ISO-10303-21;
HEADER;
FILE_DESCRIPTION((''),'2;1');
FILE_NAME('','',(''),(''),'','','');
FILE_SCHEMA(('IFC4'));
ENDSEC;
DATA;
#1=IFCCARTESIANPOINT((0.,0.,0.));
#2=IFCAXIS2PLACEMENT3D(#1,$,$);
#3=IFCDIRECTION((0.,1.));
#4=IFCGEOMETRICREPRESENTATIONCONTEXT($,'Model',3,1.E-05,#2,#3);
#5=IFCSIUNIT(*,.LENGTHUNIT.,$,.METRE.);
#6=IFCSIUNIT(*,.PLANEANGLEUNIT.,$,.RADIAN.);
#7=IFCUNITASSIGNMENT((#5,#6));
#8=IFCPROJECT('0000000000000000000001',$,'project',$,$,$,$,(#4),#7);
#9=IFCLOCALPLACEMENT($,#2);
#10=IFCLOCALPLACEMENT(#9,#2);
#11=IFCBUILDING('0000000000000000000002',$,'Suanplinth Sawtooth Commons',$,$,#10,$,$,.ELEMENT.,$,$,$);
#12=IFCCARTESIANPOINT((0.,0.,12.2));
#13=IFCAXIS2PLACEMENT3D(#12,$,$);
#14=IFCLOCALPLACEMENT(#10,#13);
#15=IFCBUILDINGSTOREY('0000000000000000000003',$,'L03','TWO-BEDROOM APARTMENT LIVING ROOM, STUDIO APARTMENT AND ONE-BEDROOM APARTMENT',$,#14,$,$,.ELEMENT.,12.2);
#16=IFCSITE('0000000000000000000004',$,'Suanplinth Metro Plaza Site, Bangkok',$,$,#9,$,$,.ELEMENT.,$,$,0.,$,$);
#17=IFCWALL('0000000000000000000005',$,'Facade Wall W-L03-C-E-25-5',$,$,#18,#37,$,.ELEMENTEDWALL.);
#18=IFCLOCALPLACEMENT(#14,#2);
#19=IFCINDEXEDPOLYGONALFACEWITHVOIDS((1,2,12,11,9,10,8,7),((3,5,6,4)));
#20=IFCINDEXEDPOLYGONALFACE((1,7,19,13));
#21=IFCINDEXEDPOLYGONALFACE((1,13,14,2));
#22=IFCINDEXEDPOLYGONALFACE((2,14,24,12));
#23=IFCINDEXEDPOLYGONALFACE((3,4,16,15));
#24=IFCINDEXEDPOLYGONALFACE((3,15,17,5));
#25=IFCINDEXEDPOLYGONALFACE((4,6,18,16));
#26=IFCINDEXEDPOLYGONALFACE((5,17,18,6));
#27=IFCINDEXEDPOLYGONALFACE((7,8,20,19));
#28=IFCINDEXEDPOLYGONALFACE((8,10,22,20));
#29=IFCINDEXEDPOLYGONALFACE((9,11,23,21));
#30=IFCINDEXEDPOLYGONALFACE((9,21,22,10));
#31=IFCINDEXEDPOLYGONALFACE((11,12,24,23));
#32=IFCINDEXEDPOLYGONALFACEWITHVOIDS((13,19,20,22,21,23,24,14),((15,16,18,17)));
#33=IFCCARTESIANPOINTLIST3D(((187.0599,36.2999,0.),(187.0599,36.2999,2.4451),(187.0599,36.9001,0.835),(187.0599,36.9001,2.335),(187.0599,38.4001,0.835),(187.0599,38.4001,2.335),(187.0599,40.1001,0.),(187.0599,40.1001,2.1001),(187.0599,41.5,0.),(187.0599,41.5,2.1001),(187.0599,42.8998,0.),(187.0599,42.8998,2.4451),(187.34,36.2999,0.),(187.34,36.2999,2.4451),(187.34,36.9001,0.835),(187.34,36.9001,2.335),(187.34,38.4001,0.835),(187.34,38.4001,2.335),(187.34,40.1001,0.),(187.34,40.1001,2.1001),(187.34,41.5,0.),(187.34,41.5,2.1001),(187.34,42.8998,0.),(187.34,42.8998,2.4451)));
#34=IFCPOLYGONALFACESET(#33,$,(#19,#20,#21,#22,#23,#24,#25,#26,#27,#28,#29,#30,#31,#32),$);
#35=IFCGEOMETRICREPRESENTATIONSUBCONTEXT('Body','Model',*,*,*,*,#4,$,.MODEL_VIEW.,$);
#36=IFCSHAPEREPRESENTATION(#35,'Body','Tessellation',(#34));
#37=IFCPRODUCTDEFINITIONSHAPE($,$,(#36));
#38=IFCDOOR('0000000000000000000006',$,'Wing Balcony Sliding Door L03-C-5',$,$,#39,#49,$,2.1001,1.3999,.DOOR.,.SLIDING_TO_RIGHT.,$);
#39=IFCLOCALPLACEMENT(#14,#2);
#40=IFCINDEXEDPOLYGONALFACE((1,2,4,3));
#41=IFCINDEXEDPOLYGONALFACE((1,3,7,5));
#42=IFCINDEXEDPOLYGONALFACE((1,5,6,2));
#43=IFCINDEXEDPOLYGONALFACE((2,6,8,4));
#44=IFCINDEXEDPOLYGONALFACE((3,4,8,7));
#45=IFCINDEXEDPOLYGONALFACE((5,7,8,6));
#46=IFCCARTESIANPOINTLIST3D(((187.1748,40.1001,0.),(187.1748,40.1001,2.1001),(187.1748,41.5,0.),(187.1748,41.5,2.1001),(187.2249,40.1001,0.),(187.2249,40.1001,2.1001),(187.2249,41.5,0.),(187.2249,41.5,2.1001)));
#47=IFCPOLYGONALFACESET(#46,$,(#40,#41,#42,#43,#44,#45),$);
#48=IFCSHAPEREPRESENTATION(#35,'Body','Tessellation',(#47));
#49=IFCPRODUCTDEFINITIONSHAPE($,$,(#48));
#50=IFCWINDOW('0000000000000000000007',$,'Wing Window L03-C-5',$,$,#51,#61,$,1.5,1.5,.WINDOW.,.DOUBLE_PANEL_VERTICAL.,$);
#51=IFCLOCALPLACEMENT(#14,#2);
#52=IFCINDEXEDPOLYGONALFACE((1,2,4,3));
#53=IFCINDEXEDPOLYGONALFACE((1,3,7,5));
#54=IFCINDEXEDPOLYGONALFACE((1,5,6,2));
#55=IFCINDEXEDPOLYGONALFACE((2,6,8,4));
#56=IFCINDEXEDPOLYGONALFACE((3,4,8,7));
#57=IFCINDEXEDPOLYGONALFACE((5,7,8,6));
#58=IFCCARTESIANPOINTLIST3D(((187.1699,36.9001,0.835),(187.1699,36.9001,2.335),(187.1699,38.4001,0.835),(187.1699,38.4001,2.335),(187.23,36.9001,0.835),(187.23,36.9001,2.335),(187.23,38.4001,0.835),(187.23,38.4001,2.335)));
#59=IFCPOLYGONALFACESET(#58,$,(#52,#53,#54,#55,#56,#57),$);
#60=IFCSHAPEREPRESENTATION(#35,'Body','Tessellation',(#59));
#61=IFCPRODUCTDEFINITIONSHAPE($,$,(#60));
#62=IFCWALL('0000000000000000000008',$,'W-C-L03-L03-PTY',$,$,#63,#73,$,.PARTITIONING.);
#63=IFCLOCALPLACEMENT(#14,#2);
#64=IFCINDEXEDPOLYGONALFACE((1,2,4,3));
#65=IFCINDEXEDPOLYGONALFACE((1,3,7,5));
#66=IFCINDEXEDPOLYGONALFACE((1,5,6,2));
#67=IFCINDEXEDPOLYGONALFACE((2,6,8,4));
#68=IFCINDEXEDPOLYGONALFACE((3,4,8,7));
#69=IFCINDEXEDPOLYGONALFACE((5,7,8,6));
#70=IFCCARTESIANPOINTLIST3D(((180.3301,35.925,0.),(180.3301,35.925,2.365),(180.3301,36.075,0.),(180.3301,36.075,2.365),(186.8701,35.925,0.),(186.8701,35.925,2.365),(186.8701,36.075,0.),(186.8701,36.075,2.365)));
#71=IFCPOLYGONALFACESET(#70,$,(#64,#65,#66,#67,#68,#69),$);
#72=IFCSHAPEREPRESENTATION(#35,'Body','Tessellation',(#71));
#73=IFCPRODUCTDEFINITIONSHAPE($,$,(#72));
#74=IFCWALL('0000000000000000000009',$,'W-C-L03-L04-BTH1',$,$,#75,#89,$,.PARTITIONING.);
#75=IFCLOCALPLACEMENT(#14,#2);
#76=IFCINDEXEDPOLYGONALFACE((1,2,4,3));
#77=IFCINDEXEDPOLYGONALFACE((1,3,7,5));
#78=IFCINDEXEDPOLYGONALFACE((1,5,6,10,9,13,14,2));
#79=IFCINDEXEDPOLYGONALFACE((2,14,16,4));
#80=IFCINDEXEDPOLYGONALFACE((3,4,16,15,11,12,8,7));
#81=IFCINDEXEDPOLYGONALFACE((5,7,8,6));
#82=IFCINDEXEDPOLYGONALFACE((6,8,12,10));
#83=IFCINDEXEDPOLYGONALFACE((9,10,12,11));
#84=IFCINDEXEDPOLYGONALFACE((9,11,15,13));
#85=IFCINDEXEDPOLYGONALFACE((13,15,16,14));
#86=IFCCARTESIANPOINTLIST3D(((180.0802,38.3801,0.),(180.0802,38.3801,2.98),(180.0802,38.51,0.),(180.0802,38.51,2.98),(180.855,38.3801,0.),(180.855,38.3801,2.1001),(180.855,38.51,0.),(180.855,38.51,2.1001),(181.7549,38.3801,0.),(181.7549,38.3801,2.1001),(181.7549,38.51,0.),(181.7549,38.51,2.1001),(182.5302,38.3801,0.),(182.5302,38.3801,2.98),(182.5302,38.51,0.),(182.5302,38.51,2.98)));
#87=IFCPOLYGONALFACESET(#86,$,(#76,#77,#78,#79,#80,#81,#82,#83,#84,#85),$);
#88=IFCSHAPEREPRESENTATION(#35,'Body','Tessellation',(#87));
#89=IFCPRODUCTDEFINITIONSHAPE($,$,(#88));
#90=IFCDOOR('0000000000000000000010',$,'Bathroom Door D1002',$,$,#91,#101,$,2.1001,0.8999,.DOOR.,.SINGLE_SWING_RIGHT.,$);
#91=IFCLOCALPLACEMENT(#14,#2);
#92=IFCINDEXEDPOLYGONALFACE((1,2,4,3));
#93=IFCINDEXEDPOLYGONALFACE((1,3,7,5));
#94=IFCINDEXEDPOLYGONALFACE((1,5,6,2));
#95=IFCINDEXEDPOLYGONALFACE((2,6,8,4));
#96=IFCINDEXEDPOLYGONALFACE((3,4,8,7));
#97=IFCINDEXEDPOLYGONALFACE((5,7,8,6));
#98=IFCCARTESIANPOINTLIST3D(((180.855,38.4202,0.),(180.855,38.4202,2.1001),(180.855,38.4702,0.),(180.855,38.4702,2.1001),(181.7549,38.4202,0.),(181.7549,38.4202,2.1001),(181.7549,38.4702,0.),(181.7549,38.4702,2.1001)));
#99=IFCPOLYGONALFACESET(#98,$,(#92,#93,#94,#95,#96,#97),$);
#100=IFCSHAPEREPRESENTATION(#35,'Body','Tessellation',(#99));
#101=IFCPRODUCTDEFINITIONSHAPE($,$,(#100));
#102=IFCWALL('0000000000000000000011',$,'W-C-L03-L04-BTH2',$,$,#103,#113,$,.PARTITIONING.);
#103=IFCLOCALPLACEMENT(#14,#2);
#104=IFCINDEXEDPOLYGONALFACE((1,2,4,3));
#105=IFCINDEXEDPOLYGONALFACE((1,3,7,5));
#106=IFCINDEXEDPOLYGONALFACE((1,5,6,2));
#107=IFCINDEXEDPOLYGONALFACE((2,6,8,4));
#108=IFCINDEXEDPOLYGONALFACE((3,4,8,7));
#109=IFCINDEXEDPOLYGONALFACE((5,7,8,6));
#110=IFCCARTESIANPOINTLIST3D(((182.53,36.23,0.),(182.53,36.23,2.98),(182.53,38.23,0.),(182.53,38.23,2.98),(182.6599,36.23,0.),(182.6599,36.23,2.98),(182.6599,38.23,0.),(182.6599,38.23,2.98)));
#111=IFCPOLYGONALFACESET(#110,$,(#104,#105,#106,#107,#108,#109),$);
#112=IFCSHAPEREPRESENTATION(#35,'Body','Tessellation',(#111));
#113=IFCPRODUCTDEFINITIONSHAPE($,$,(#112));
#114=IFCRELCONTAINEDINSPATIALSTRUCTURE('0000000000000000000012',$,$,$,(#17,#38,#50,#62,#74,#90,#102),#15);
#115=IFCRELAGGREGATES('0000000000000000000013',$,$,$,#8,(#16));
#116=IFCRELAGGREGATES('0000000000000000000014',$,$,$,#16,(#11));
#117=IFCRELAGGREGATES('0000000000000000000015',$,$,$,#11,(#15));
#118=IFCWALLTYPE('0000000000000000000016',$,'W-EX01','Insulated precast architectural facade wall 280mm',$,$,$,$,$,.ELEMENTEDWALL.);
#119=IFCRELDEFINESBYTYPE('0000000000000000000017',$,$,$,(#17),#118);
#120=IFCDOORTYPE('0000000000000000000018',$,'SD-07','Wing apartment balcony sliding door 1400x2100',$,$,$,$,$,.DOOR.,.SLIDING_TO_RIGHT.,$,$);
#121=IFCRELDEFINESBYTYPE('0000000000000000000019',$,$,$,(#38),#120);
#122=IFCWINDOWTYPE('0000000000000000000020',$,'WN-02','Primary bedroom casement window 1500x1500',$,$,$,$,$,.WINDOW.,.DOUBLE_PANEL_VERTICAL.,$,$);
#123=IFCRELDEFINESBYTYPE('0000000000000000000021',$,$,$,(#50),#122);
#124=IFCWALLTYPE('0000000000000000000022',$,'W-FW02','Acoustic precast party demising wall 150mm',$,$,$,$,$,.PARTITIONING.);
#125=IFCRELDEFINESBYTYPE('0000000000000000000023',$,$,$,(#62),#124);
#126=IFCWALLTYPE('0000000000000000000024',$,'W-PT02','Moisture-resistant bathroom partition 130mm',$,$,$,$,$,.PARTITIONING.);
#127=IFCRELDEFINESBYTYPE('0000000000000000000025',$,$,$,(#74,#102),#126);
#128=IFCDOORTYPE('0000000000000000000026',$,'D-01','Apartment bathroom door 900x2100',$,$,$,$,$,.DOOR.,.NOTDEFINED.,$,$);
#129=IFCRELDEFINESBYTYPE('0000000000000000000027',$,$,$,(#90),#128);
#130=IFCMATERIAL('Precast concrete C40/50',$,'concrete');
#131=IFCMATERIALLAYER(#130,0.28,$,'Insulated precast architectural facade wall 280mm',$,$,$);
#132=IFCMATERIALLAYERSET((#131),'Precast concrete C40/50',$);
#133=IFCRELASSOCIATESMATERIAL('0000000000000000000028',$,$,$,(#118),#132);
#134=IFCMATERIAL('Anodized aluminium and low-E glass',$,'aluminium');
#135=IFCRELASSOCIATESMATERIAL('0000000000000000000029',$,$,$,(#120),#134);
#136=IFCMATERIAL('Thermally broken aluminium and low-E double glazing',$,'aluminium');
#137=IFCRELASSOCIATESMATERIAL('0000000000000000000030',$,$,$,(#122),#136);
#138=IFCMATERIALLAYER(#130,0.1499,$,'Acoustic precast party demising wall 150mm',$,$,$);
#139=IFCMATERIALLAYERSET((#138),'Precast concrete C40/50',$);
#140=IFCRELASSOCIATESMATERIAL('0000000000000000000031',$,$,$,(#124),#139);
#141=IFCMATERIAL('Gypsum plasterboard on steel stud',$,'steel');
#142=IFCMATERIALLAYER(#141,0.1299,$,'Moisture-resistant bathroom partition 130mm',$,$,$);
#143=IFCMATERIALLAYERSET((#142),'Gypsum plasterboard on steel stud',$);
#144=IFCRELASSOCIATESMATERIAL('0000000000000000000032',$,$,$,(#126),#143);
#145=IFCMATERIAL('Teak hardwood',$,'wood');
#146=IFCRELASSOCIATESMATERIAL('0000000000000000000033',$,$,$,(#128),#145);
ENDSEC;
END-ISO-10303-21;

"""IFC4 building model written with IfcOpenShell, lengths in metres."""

from ifc_helpers import new_model, si_unit, direction, frame, frame_2d, origin, place, context, subcontext, project, spatial, rectangle, extrude, material, layer, layer_set, type_object, element, fill, save


model = new_model("IFC4")

# Units and contexts
model_context = context("Model", 3, precision=1e-05, world=origin(), true_north=direction((0.0, 1.0)))
body_context = subcontext(model_context, "Body", "Model", "MODEL_VIEW")
ifc_project = project(units=[si_unit("LENGTHUNIT", "METRE"), si_unit("PLANEANGLEUNIT", "RADIAN")], contexts=[model_context])

# Site, building, storey
site_placement = place(None, origin())
site = spatial("IfcSite", under=ifc_project, at=site_placement, Name="Suanplinth Metro Plaza Site, Bangkok", CompositionType="ELEMENT", RefElevation=0.0)
building_placement = place(site_placement, origin())
building = spatial("IfcBuilding", under=site, at=building_placement, Name="Suanplinth Sawtooth Commons", CompositionType="ELEMENT")
storey_placement = place(building_placement, frame((0.0, 0.0, 12.2)))
storey = spatial("IfcBuildingStorey", under=building, at=storey_placement, Name="L03", Description="TWO-BEDROOM APARTMENT LIVING ROOM, STUDIO APARTMENT AND ONE-BEDROOM APARTMENT", CompositionType="ELEMENT", Elevation=12.2)

# Shared definitions
ifc_material_1 = material(Name="Precast concrete C40/50", Category="concrete")

# Shared definitions
ifc_layer_1 = layer(ifc_material_1, 0.28, Name="Insulated precast architectural facade wall 280mm")
ifc_layer_set_1 = layer_set([ifc_layer_1], Name="Precast concrete C40/50")
wall_type_1 = type_object("IfcWallType", Name="W-EX01", Description="Insulated precast architectural facade wall 280mm", PredefinedType="ELEMENTEDWALL", material=ifc_layer_set_1)
ifc_material_2 = material(Name="Anodized aluminium and low-E glass", Category="aluminium")
door_type_1 = type_object("IfcDoorType", Name="SD-07", Description="Wing apartment balcony sliding door 1400x2100", OperationType="SLIDING_TO_RIGHT", PredefinedType="DOOR", material=ifc_material_2)

# Wall, openings, door, window
wall_1_placement = place(storey_placement, frame((187.2, 36.3, 0.0), z_axis=(0.0, 0.0, 1.0), x_axis=(0.0, 1.0, 0.0)))
wall_1 = element("IfcWall", 1, at=wall_1_placement, inside=storey, type_object=wall_type_1, Name="Facade Wall W-L03-C-E-25-5", PredefinedType="ELEMENTEDWALL", context=body_context, shape_type="SweptSolid", body=[
    extrude(rectangle(XDim=6.5999, YDim=0.28, at=frame_2d((3.2998, 0.0))), origin(), (0.0, 0.0, 1.0), 2.4451),
])
opening_1_placement = place(wall_1_placement, frame((3.8, 0.0, 0.0)))
opening_1 = element("IfcOpeningElement", 2, at=opening_1_placement, cuts=wall_1, PredefinedType="OPENING", context=body_context, shape_type="SweptSolid", body=[
    extrude(rectangle(XDim=1.3999, YDim=2.1001, at=frame_2d((0.7, 1.05))), frame((0.0, 0.1548, 0.0), z_axis=(0.0, -1.0, 0.0), x_axis=(1.0, 0.0, 0.0)), (0.0, 0.0, 1.0), 0.3098),
])
opening_2_placement = place(wall_1_placement, frame((0.6001, 0.0, 0.835)))
opening_2 = element("IfcOpeningElement", 3, at=opening_2_placement, cuts=wall_1, PredefinedType="OPENING", context=body_context, shape_type="SweptSolid", body=[
    extrude(rectangle(XDim=1.5, YDim=1.5, at=frame_2d((0.75, 0.75))), frame((0.0, 0.1548, 0.0), z_axis=(0.0, -1.0, 0.0), x_axis=(1.0, 0.0, 0.0)), (0.0, 0.0, 1.0), 0.3098),
])
door_1_placement = place(opening_1_placement, frame((1.3999, 0.0, 0.0), z_axis=(0.0, 0.0, 1.0), x_axis=(-1.0, 0.0, 0.0)))
door_1 = element("IfcDoor", 4, at=door_1_placement, inside=storey, type_object=door_type_1, Name="Wing Balcony Sliding Door L03-C-5", OperationType="SLIDING_TO_RIGHT", OverallHeight=2.1001, OverallWidth=1.3999, PredefinedType="DOOR", context=body_context, shape_type="SweptSolid", body=[
    extrude(rectangle(XDim=1.3999, YDim=2.1001, at=frame_2d((0.7, 1.05))), frame((0.0, 0.0249, 0.0), z_axis=(0.0, -1.0, 0.0), x_axis=(1.0, 0.0, 0.0)), (0.0, 0.0, 1.0), 0.05),
])
fill(opening_1, door_1)
ifc_material_3 = material(Name="Thermally broken aluminium and low-E double glazing", Category="aluminium")
window_type = type_object("IfcWindowType", Name="WN-02", Description="Primary bedroom casement window 1500x1500", PartitioningType="DOUBLE_PANEL_VERTICAL", PredefinedType="WINDOW", material=ifc_material_3)
window_placement = place(opening_2_placement, origin())
window = element("IfcWindow", 5, at=window_placement, inside=storey, type_object=window_type, Name="Wing Window L03-C-5", OverallHeight=1.5, OverallWidth=1.5, PartitioningType="DOUBLE_PANEL_VERTICAL", PredefinedType="WINDOW", context=body_context, shape_type="SweptSolid", body=[
    extrude(rectangle(XDim=1.5, YDim=1.5, at=frame_2d((0.75, 0.75))), frame((0.0, 0.03, 0.0), z_axis=(0.0, -1.0, 0.0), x_axis=(1.0, 0.0, 0.0)), (0.0, 0.0, 1.0), 0.0601),
])
fill(opening_2, window)

# Wall
ifc_layer_2 = layer(ifc_material_1, 0.1499, Name="Acoustic precast party demising wall 150mm")
ifc_layer_set_2 = layer_set([ifc_layer_2], Name="Precast concrete C40/50")
wall_type_2 = type_object("IfcWallType", Name="W-FW02", Description="Acoustic precast party demising wall 150mm", PredefinedType="PARTITIONING", material=ifc_layer_set_2)
wall_2_placement = place(storey_placement, frame((180.3301, 36.0, 0.0), z_axis=(0.0, 0.0, 1.0), x_axis=(1.0, 0.0, 0.0)))
element("IfcWall", 6, at=wall_2_placement, inside=storey, type_object=wall_type_2, Name="W-C-L03-L03-PTY", PredefinedType="PARTITIONING", context=body_context, shape_type="SweptSolid", body=[
    extrude(rectangle(XDim=6.54, YDim=0.1499, at=frame_2d((3.27, 0.0))), origin(), (0.0, 0.0, 1.0), 2.365),
])

# Wall, opening, door
ifc_material_4 = material(Name="Gypsum plasterboard on steel stud", Category="steel")
ifc_layer_3 = layer(ifc_material_4, 0.1299, Name="Moisture-resistant bathroom partition 130mm")
ifc_layer_set_3 = layer_set([ifc_layer_3], Name="Gypsum plasterboard on steel stud")
wall_type_3 = type_object("IfcWallType", Name="W-PT02", Description="Moisture-resistant bathroom partition 130mm", PredefinedType="PARTITIONING", material=ifc_layer_set_3)
wall_3_placement = place(storey_placement, frame((180.0801, 38.4451, 0.0), z_axis=(0.0, 0.0, 1.0), x_axis=(1.0, 0.0, 0.0)))
wall_3 = element("IfcWall", 7, at=wall_3_placement, inside=storey, type_object=wall_type_3, Name="W-C-L03-L04-BTH1", PredefinedType="PARTITIONING", context=body_context, shape_type="SweptSolid", body=[
    extrude(rectangle(XDim=2.45, YDim=0.1299, at=frame_2d((1.2251, 0.0))), origin(), (0.0, 0.0, 1.0), 2.98),
])
opening_3_placement = place(wall_3_placement, frame((0.7749, 0.0, 0.0)))
opening_3 = element("IfcOpeningElement", 8, at=opening_3_placement, cuts=wall_3, PredefinedType="OPENING", context=body_context, shape_type="SweptSolid", body=[
    extrude(rectangle(XDim=0.8999, YDim=2.1001, at=frame_2d((0.45, 1.05))), frame((0.0, 0.0798, 0.0), z_axis=(0.0, -1.0, 0.0), x_axis=(1.0, 0.0, 0.0)), (0.0, 0.0, 1.0), 0.1597),
])
ifc_material_5 = material(Name="Teak hardwood", Category="wood")
door_type_2 = type_object("IfcDoorType", Name="D-01", Description="Apartment bathroom door 900x2100", OperationType="NOTDEFINED", PredefinedType="DOOR", material=ifc_material_5)
door_2_placement = place(opening_3_placement, frame((0.8999, 0.0, 0.0), z_axis=(0.0, 0.0, 1.0), x_axis=(-1.0, 0.0, 0.0)))
door_2 = element("IfcDoor", 9, at=door_2_placement, inside=storey, type_object=door_type_2, Name="Bathroom Door D1002", OperationType="SINGLE_SWING_RIGHT", OverallHeight=2.1001, OverallWidth=0.8999, PredefinedType="DOOR", context=body_context, shape_type="SweptSolid", body=[
    extrude(rectangle(XDim=0.8999, YDim=2.1001, at=frame_2d((0.45, 1.05))), frame((0.0, 0.0249, 0.0), z_axis=(0.0, -1.0, 0.0), x_axis=(1.0, 0.0, 0.0)), (0.0, 0.0, 1.0), 0.05),
])
fill(opening_3, door_2)

# Wall
wall_4_placement = place(storey_placement, frame((182.595, 36.23, 0.0), z_axis=(0.0, 0.0, 1.0), x_axis=(0.0, 1.0, 0.0)))
element("IfcWall", 10, at=wall_4_placement, inside=storey, type_object=wall_type_3, Name="W-C-L03-L04-BTH2", PredefinedType="PARTITIONING", context=body_context, shape_type="SweptSolid", body=[
    extrude(rectangle(XDim=2.0, YDim=0.1299, at=frame_2d((1.0, 0.0))), origin(), (0.0, 0.0, 1.0), 2.98),
])

save(model, "model.ifc")
